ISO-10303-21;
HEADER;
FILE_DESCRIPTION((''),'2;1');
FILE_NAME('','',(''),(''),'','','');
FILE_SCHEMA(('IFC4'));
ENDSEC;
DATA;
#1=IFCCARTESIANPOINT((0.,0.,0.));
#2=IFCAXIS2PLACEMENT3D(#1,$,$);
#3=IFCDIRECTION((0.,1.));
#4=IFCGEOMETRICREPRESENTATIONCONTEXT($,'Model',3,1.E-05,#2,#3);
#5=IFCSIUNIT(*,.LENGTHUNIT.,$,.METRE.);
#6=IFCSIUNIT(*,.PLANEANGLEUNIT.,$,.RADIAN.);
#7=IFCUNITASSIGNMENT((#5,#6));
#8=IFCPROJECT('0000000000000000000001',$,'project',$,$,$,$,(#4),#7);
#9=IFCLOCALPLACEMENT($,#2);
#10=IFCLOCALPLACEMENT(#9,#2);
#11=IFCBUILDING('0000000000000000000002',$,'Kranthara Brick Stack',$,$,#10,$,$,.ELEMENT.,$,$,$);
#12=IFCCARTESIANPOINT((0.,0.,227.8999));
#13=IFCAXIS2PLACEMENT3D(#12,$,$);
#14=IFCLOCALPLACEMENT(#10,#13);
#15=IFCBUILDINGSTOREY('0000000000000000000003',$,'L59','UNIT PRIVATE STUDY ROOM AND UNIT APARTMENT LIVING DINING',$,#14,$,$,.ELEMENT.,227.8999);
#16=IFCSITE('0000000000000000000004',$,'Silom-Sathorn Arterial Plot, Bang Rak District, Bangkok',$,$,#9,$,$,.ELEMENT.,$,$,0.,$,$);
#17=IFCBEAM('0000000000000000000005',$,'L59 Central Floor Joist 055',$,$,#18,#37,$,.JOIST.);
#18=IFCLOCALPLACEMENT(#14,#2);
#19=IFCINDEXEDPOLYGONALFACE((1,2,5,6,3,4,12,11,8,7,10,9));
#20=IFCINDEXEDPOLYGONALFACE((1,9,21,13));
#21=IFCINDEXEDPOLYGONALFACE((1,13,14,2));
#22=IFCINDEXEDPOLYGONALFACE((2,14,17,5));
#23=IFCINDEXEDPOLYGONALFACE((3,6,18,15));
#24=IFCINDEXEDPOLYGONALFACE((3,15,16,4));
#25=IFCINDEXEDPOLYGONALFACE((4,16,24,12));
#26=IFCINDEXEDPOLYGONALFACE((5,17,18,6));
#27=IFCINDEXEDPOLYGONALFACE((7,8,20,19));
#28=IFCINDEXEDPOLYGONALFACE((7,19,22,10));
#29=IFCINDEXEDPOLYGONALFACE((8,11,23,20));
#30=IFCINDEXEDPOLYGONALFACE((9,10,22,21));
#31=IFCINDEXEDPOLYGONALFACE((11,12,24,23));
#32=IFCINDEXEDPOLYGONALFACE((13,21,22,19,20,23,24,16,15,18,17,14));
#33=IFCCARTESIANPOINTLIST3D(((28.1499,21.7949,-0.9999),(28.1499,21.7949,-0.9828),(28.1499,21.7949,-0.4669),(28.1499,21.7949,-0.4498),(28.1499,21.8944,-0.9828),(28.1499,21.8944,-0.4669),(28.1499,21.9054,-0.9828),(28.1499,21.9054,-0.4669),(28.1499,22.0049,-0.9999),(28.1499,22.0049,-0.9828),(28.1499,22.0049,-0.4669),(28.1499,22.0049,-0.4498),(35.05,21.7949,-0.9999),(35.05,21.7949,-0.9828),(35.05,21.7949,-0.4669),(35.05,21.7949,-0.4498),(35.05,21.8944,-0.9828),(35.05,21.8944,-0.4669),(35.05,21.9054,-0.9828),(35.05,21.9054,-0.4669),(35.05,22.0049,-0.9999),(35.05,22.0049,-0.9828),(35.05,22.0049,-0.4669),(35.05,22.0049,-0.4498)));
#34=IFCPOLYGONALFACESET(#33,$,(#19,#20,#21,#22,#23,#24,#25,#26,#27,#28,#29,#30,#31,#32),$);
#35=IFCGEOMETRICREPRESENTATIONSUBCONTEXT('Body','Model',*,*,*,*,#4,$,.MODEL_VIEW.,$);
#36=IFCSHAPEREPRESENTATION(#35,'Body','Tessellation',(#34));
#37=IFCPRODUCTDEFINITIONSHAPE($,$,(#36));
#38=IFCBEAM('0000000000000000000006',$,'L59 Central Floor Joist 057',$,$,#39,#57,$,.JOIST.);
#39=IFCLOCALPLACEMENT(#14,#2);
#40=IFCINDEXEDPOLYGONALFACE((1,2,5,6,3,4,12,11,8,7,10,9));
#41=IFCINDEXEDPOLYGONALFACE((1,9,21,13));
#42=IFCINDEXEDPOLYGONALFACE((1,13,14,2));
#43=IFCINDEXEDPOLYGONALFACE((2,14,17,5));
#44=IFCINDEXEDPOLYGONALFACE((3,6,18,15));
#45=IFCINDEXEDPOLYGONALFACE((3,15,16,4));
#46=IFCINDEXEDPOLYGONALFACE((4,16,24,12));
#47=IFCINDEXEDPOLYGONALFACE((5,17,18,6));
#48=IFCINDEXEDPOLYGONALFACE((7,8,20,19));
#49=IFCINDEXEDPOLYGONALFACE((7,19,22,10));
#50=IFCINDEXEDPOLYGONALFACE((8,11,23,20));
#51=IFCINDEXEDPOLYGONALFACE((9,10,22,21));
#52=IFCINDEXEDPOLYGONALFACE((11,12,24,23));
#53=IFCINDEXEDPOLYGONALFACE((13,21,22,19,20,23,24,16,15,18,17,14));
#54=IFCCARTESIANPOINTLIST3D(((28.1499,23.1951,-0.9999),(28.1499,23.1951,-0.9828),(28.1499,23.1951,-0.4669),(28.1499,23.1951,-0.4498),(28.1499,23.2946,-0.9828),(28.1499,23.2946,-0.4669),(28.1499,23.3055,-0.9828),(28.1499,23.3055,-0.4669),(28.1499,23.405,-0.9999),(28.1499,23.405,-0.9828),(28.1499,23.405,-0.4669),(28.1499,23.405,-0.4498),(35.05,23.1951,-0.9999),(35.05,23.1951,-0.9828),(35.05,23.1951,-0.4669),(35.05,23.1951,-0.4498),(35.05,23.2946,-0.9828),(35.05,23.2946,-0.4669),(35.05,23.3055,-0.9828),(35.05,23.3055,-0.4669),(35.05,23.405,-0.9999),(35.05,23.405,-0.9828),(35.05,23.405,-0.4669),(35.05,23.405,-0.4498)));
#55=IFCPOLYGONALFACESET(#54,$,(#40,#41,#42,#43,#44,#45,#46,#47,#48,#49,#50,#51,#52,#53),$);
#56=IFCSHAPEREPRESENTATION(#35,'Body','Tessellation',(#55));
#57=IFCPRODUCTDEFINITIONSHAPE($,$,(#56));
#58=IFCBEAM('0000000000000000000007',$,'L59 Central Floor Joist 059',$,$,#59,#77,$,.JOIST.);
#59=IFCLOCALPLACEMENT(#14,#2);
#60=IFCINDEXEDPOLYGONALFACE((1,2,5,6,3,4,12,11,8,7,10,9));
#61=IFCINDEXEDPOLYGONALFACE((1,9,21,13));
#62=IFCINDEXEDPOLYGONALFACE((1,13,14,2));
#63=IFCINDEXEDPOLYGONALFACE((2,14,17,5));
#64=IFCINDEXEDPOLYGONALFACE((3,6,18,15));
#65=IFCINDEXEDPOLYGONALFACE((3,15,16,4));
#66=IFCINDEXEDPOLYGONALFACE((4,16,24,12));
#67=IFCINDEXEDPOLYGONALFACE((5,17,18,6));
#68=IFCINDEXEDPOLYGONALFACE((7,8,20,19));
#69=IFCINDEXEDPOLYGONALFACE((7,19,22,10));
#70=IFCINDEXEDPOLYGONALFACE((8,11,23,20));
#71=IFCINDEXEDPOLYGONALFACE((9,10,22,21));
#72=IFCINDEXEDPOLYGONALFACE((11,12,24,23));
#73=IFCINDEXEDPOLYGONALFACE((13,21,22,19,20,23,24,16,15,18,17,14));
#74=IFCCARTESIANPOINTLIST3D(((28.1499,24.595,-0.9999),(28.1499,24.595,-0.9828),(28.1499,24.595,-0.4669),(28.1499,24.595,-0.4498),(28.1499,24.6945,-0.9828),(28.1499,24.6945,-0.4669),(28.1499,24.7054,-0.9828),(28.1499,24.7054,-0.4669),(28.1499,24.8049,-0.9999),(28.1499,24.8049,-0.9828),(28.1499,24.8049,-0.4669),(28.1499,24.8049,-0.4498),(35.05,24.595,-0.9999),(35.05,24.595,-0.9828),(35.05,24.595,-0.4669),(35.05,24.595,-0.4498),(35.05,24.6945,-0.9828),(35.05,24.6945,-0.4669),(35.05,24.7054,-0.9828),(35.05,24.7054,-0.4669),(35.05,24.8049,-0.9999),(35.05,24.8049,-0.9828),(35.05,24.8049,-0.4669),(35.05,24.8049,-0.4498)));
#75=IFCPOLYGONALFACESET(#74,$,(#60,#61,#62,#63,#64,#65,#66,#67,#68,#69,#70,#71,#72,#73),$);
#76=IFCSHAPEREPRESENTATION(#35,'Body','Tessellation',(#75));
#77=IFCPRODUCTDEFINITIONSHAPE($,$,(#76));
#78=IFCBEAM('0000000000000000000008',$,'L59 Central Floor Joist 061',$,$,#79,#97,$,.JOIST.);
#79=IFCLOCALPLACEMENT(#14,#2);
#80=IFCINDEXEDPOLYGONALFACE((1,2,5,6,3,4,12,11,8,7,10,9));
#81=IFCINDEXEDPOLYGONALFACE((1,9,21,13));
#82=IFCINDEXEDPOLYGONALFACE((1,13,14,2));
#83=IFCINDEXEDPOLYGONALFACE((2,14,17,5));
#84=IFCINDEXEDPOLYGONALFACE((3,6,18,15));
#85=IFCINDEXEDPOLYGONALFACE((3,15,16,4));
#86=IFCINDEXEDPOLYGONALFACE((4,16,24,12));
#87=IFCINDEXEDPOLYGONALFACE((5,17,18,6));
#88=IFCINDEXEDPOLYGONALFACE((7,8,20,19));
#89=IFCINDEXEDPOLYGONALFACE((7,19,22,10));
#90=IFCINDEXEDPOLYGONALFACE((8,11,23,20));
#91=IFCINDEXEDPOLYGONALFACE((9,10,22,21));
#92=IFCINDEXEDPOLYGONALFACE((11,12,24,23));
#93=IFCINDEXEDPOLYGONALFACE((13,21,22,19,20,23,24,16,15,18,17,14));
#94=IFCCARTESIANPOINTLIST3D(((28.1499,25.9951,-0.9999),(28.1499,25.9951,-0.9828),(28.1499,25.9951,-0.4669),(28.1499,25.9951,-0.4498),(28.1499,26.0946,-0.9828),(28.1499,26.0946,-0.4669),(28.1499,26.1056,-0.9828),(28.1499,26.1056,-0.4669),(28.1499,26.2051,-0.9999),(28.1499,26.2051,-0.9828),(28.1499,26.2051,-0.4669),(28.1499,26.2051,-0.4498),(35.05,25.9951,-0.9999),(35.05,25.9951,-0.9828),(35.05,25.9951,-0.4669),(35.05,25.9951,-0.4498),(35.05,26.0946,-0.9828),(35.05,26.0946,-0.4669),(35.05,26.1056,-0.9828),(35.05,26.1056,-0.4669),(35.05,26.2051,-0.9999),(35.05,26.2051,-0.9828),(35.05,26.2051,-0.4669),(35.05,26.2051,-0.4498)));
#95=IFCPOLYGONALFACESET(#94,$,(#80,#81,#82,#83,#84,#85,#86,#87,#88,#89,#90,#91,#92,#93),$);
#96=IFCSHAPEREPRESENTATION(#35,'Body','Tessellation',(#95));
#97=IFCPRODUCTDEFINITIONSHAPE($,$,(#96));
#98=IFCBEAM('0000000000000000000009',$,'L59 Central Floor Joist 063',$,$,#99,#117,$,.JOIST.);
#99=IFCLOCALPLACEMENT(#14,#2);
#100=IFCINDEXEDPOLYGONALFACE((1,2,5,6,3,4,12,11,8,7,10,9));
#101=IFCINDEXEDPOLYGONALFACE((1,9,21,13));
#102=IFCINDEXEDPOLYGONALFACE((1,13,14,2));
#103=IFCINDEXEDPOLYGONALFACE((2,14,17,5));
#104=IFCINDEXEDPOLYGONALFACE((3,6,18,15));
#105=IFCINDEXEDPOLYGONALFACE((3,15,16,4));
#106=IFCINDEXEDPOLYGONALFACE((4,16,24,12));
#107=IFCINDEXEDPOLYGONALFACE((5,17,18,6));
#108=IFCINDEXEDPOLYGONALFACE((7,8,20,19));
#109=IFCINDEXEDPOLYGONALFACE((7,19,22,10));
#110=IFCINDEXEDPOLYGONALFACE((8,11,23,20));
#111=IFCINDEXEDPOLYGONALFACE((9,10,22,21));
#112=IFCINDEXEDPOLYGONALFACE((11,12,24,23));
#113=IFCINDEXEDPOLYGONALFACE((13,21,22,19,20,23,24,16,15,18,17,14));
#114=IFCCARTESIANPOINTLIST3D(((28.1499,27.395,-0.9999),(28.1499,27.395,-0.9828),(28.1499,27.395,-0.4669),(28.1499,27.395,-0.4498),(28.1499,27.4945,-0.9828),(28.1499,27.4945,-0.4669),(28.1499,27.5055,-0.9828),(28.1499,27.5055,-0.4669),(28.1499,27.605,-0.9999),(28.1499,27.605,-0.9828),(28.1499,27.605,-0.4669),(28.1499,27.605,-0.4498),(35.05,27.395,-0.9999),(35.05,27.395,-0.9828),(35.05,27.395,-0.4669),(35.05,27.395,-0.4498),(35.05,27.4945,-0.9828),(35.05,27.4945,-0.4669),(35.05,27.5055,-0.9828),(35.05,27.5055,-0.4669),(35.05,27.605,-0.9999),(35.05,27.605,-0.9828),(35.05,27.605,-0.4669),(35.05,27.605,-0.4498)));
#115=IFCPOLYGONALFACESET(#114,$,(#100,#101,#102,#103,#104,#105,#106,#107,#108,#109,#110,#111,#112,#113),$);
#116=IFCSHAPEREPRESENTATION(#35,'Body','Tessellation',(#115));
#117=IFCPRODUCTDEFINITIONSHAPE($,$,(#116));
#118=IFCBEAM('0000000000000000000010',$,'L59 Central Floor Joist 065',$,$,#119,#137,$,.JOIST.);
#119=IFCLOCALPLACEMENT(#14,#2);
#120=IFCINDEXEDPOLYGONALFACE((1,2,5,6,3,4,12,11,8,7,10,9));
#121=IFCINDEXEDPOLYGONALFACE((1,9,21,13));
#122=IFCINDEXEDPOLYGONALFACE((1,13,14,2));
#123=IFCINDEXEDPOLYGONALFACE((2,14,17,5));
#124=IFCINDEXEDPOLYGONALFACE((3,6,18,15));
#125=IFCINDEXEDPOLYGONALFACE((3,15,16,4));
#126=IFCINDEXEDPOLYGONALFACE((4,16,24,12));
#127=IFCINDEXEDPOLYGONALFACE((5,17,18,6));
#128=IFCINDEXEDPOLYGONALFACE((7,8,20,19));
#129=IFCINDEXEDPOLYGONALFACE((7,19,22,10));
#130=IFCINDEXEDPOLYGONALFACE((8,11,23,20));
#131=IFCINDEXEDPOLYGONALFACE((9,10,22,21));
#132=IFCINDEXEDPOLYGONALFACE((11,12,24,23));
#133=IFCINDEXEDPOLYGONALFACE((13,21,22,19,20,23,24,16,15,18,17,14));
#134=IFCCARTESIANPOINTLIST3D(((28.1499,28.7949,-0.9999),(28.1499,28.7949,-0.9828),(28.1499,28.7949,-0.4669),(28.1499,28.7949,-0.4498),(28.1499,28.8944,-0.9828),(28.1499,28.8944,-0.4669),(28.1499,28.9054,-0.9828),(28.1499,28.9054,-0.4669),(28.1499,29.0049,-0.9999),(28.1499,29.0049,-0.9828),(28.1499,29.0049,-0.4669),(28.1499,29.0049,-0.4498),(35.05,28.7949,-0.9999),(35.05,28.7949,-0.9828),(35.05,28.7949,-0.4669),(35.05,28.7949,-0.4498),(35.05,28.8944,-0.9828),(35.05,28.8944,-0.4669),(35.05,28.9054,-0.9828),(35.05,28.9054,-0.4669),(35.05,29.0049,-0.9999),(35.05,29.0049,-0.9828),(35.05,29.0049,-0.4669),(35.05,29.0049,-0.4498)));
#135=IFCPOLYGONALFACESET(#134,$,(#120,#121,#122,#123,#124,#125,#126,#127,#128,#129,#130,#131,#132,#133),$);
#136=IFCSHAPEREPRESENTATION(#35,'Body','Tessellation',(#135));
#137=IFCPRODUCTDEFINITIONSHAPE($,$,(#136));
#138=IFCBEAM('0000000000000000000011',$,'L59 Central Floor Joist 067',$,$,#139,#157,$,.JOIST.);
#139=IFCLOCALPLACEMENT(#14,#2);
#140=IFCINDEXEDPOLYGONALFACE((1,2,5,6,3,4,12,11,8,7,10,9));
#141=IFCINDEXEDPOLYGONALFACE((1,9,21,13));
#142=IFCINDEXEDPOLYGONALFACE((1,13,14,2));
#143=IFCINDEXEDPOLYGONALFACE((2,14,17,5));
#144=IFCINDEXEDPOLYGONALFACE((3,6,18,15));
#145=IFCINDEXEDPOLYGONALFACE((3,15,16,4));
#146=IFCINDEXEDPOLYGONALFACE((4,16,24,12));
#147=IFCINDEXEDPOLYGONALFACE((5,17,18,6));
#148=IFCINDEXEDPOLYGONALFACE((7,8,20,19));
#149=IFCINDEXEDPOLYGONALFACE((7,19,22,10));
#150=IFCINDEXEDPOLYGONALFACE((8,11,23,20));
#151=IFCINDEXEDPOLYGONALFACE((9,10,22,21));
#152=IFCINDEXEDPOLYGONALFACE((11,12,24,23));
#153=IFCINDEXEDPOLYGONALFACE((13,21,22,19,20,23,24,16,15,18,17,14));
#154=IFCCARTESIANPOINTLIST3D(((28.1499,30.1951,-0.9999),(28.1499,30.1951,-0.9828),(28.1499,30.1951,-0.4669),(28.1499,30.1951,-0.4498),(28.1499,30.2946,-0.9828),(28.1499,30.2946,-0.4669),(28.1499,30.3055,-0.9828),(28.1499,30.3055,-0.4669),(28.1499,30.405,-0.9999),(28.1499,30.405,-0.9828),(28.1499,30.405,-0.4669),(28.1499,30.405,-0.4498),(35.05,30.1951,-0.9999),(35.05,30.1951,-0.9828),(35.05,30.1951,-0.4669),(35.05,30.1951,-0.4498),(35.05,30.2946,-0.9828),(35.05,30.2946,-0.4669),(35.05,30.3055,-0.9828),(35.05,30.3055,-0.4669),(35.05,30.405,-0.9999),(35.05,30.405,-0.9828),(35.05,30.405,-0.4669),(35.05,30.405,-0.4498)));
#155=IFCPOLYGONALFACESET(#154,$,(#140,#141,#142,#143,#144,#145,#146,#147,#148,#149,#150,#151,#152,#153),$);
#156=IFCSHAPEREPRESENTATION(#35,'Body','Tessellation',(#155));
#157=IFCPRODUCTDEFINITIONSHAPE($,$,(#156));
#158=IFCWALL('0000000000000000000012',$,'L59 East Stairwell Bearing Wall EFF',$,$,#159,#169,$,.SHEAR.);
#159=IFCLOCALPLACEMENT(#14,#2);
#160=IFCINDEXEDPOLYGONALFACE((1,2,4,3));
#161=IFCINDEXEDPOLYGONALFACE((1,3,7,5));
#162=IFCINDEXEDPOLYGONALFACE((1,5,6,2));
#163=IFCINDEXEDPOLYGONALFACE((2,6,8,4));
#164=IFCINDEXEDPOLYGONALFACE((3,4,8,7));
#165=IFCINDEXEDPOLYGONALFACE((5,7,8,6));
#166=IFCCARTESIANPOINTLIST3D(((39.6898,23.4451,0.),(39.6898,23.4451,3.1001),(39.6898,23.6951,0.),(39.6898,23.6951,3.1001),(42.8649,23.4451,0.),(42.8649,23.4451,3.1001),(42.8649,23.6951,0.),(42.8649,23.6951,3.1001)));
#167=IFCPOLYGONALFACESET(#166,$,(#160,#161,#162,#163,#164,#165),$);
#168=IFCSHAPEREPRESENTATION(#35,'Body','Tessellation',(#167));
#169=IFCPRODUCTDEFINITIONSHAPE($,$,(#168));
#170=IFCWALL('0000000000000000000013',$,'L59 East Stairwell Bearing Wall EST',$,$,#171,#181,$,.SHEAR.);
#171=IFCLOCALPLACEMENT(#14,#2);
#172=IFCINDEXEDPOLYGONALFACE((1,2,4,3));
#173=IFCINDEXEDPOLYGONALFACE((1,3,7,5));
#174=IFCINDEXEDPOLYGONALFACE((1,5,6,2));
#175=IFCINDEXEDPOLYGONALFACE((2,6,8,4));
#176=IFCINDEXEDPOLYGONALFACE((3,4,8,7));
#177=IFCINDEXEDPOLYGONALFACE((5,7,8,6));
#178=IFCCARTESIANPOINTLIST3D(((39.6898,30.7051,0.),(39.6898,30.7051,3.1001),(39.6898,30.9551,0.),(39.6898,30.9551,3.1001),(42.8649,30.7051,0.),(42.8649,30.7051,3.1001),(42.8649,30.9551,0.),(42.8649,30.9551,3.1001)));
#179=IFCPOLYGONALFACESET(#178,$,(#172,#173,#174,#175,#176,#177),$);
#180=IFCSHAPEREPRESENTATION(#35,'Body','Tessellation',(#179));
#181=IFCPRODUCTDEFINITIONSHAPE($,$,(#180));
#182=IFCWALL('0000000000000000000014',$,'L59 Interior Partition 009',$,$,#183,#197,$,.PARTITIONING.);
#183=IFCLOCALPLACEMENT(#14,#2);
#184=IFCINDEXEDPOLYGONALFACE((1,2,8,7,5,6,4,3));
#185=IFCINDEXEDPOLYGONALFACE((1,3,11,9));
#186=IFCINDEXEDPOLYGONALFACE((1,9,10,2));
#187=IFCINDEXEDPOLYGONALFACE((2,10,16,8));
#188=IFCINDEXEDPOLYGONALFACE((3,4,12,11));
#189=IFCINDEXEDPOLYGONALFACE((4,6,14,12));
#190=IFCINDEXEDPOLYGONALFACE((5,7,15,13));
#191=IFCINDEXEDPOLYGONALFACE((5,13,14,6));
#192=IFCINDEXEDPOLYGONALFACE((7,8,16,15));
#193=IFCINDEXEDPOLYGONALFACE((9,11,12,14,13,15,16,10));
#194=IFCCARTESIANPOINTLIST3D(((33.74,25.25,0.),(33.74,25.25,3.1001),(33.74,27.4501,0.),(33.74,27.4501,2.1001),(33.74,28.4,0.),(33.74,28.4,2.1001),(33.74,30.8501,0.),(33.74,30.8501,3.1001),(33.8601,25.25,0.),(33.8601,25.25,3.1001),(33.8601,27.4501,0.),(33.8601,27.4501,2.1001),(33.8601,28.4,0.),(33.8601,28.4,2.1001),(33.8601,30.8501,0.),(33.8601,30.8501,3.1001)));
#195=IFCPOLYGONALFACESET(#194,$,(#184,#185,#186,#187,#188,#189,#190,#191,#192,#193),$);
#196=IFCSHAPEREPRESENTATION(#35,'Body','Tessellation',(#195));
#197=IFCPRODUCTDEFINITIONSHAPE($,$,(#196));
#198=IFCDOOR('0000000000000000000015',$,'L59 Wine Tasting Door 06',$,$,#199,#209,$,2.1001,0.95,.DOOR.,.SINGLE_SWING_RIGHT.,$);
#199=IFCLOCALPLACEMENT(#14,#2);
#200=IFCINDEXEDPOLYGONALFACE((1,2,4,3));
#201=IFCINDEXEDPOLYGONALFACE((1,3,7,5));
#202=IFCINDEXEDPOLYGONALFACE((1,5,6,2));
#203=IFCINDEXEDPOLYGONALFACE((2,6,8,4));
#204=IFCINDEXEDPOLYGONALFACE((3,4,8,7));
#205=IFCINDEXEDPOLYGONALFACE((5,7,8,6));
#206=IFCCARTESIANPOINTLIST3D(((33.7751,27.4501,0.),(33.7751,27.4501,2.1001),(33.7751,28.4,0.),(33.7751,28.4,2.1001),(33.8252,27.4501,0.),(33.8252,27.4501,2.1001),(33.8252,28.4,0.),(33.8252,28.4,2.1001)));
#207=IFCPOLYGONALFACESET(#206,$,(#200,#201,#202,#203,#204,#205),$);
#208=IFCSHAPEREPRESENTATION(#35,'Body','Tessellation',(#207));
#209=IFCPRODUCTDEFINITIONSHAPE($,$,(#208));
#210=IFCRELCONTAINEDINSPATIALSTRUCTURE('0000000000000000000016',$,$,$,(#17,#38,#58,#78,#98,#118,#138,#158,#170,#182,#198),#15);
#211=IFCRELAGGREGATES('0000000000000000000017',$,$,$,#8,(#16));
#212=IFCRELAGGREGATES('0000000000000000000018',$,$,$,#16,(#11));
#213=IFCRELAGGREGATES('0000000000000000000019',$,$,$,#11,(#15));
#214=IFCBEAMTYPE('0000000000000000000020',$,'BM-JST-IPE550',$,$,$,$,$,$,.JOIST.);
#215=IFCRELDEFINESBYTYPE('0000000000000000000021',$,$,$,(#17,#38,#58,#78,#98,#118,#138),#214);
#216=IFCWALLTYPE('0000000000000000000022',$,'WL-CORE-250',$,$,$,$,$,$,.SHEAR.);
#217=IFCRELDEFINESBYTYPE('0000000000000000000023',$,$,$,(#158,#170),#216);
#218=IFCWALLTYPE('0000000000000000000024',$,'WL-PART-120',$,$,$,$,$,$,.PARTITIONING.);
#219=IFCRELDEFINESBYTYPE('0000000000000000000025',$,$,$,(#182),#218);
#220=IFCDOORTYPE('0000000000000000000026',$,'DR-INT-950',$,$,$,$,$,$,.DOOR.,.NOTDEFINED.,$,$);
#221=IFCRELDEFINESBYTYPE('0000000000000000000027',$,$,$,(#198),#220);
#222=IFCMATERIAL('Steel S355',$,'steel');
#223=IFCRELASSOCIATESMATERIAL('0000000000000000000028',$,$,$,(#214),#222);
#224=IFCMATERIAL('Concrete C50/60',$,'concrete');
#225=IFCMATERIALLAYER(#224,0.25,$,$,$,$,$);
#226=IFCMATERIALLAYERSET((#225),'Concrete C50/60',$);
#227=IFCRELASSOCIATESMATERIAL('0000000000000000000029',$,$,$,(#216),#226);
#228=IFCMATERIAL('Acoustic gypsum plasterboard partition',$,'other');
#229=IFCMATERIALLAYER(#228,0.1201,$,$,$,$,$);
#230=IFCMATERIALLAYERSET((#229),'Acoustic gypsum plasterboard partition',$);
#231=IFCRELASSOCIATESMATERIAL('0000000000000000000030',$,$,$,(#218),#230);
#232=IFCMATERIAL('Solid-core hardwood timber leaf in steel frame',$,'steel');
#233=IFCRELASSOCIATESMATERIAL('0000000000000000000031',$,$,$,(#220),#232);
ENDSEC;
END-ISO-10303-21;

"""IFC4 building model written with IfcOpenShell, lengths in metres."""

from ifc_helpers import new_model, si_unit, direction, frame, frame_2d, origin, origin_2d, place, context, subcontext, project, spatial, rectangle, i_section, extrude, material, layer, layer_set, material_profile, profile_set, type_object, element, fill, save


model = new_model("IFC4")

# Units and contexts
model_context = context("Model", 3, precision=1e-05, world=origin(), true_north=direction((0.0, 1.0)))
body_context = subcontext(model_context, "Body", "Model", "MODEL_VIEW")
ifc_project = project(units=[si_unit("LENGTHUNIT", "METRE"), si_unit("PLANEANGLEUNIT", "RADIAN")], contexts=[model_context])

# Site, building, storey
site_placement = place(None, origin())
site = spatial("IfcSite", under=ifc_project, at=site_placement, Name="Silom-Sathorn Arterial Plot, Bang Rak District, Bangkok", CompositionType="ELEMENT", RefElevation=0.0)
building_placement = place(site_placement, origin())
building = spatial("IfcBuilding", under=site, at=building_placement, Name="Kranthara Brick Stack", CompositionType="ELEMENT")
storey_placement = place(building_placement, frame((0.0, 0.0, 227.8999)))
storey = spatial("IfcBuildingStorey", under=building, at=storey_placement, Name="L59", Description="UNIT PRIVATE STUDY ROOM AND UNIT APARTMENT LIVING DINING", CompositionType="ELEMENT", Elevation=227.8999)

# Beams
ifc_material_1 = material(Name="Steel S355", Category="steel")
ifc_material_profile = material_profile(ifc_material_1, i_section(OverallWidth=0.21, OverallDepth=0.55, WebThickness=0.011, FlangeThickness=0.0171, at=origin_2d()), Name="IPE 550")
ifc_profile_set = profile_set([ifc_material_profile], Name="Steel S355")
beam_type = type_object("IfcBeamType", Name="BM-JST-IPE550", PredefinedType="JOIST", material=ifc_profile_set)
for number, where, z_axis, x_axis, name in (
    (1, (28.1499, 21.8999, -0.7249), (1.0, 0.0, 0.0), (0.0, 1.0, 0.0), "L59 Central Floor Joist 055"),
    (2, (28.1499, 23.3, -0.7249), (1.0, 0.0, 0.0), (0.0, 1.0, 0.0), "L59 Central Floor Joist 057"),
    (3, (28.1499, 24.7, -0.7249), (1.0, 0.0, 0.0), (0.0, 1.0, 0.0), "L59 Central Floor Joist 059"),
    (4, (28.1499, 26.1001, -0.7249), (1.0, 0.0, 0.0), (0.0, 1.0, 0.0), "L59 Central Floor Joist 061"),
    (5, (28.1499, 27.5, -0.7249), (1.0, 0.0, 0.0), (0.0, 1.0, 0.0), "L59 Central Floor Joist 063"),
    (6, (28.1499, 28.8999, -0.7249), (1.0, 0.0, 0.0), (0.0, 1.0, 0.0), "L59 Central Floor Joist 065"),
    (7, (28.1499, 30.3, -0.7249), (1.0, 0.0, 0.0), (0.0, 1.0, 0.0), "L59 Central Floor Joist 067"),
):
    element("IfcBeam", number, at=place(storey_placement, frame(where, z_axis=z_axis, x_axis=x_axis)), inside=storey, type_object=beam_type, Name=name, PredefinedType="JOIST", context=body_context, shape_type="SweptSolid", body=[
        extrude(i_section(OverallWidth=0.21, OverallDepth=0.55, WebThickness=0.011, FlangeThickness=0.0171, at=origin_2d()), origin(), (0.0, 0.0, 1.0), 6.9001),
    ])

# Walls
ifc_material_2 = material(Name="Concrete C50/60", Category="concrete")
ifc_layer_1 = layer(ifc_material_2, 0.25)
ifc_layer_set_1 = layer_set([ifc_layer_1], Name="Concrete C50/60")
wall_type_1 = type_object("IfcWallType", Name="WL-CORE-250", PredefinedType="SHEAR", material=ifc_layer_set_1)
for number, where, z_axis, x_axis, name in (
    (8, (39.6899, 23.5701, 0.0), (0.0, 0.0, 1.0), (1.0, 0.0, 0.0), "L59 East Stairwell Bearing Wall EFF"),
    (9, (39.6899, 30.8301, 0.0), (0.0, 0.0, 1.0), (1.0, 0.0, 0.0), "L59 East Stairwell Bearing Wall EST"),
):
    element("IfcWall", number, at=place(storey_placement, frame(where, z_axis=z_axis, x_axis=x_axis)), inside=storey, type_object=wall_type_1, Name=name, PredefinedType="SHEAR", context=body_context, shape_type="SweptSolid", body=[
        extrude(rectangle(XDim=3.175, YDim=0.25, at=frame_2d((1.5874, 0.0))), origin(), (0.0, 0.0, 1.0), 3.1001),
    ])

# Wall, opening, door
ifc_material_3 = material(Name="Acoustic gypsum plasterboard partition", Category="other")
ifc_layer_2 = layer(ifc_material_3, 0.1201)
ifc_layer_set_2 = layer_set([ifc_layer_2], Name="Acoustic gypsum plasterboard partition")
wall_type_2 = type_object("IfcWallType", Name="WL-PART-120", PredefinedType="PARTITIONING", material=ifc_layer_set_2)
wall_1_placement = place(storey_placement, frame((33.8, 25.25, 0.0), z_axis=(0.0, 0.0, 1.0), x_axis=(0.0, 1.0, 0.0)))
wall_1 = element("IfcWall", 10, at=wall_1_placement, inside=storey, type_object=wall_type_2, Name="L59 Interior Partition 009", PredefinedType="PARTITIONING", context=body_context, shape_type="SweptSolid", body=[
    extrude(rectangle(XDim=5.6001, YDim=0.1201, at=frame_2d((2.8, 0.0))), origin(), (0.0, 0.0, 1.0), 3.1001),
])
opening_1_placement = place(wall_1_placement, frame((2.2, 0.0, 0.0)))
opening_1 = element("IfcOpeningElement", 11, at=opening_1_placement, cuts=wall_1, PredefinedType="OPENING", context=body_context, shape_type="SweptSolid", body=[
    extrude(rectangle(XDim=0.95, YDim=2.1001, at=frame_2d((0.4751, 1.05))), frame((0.0, 0.0701, 0.0), z_axis=(0.0, -1.0, 0.0), x_axis=(1.0, 0.0, 0.0)), (0.0, 0.0, 1.0), 0.1401),
])
ifc_material_4 = material(Name="Solid-core hardwood timber leaf in steel frame", Category="steel")
door_type_1 = type_object("IfcDoorType", Name="DR-INT-950", OperationType="NOTDEFINED", PredefinedType="DOOR", material=ifc_material_4)
door_1_placement = place(opening_1_placement, origin())
door_1 = element("IfcDoor", 12, at=door_1_placement, inside=storey, type_object=door_type_1, Name="L59 Wine Tasting Door 06", OperationType="SINGLE_SWING_RIGHT", OverallHeight=2.1001, OverallWidth=0.95, PredefinedType="DOOR", context=body_context, shape_type="SweptSolid", body=[
    extrude(rectangle(XDim=0.95, YDim=2.1001, at=frame_2d((0.4751, 1.05))), frame((0.0, 0.0249, 0.0), z_axis=(0.0, -1.0, 0.0), x_axis=(1.0, 0.0, 0.0)), (0.0, 0.0, 1.0), 0.05),
])
fill(opening_1, door_1)

save(model, "model.ifc")
